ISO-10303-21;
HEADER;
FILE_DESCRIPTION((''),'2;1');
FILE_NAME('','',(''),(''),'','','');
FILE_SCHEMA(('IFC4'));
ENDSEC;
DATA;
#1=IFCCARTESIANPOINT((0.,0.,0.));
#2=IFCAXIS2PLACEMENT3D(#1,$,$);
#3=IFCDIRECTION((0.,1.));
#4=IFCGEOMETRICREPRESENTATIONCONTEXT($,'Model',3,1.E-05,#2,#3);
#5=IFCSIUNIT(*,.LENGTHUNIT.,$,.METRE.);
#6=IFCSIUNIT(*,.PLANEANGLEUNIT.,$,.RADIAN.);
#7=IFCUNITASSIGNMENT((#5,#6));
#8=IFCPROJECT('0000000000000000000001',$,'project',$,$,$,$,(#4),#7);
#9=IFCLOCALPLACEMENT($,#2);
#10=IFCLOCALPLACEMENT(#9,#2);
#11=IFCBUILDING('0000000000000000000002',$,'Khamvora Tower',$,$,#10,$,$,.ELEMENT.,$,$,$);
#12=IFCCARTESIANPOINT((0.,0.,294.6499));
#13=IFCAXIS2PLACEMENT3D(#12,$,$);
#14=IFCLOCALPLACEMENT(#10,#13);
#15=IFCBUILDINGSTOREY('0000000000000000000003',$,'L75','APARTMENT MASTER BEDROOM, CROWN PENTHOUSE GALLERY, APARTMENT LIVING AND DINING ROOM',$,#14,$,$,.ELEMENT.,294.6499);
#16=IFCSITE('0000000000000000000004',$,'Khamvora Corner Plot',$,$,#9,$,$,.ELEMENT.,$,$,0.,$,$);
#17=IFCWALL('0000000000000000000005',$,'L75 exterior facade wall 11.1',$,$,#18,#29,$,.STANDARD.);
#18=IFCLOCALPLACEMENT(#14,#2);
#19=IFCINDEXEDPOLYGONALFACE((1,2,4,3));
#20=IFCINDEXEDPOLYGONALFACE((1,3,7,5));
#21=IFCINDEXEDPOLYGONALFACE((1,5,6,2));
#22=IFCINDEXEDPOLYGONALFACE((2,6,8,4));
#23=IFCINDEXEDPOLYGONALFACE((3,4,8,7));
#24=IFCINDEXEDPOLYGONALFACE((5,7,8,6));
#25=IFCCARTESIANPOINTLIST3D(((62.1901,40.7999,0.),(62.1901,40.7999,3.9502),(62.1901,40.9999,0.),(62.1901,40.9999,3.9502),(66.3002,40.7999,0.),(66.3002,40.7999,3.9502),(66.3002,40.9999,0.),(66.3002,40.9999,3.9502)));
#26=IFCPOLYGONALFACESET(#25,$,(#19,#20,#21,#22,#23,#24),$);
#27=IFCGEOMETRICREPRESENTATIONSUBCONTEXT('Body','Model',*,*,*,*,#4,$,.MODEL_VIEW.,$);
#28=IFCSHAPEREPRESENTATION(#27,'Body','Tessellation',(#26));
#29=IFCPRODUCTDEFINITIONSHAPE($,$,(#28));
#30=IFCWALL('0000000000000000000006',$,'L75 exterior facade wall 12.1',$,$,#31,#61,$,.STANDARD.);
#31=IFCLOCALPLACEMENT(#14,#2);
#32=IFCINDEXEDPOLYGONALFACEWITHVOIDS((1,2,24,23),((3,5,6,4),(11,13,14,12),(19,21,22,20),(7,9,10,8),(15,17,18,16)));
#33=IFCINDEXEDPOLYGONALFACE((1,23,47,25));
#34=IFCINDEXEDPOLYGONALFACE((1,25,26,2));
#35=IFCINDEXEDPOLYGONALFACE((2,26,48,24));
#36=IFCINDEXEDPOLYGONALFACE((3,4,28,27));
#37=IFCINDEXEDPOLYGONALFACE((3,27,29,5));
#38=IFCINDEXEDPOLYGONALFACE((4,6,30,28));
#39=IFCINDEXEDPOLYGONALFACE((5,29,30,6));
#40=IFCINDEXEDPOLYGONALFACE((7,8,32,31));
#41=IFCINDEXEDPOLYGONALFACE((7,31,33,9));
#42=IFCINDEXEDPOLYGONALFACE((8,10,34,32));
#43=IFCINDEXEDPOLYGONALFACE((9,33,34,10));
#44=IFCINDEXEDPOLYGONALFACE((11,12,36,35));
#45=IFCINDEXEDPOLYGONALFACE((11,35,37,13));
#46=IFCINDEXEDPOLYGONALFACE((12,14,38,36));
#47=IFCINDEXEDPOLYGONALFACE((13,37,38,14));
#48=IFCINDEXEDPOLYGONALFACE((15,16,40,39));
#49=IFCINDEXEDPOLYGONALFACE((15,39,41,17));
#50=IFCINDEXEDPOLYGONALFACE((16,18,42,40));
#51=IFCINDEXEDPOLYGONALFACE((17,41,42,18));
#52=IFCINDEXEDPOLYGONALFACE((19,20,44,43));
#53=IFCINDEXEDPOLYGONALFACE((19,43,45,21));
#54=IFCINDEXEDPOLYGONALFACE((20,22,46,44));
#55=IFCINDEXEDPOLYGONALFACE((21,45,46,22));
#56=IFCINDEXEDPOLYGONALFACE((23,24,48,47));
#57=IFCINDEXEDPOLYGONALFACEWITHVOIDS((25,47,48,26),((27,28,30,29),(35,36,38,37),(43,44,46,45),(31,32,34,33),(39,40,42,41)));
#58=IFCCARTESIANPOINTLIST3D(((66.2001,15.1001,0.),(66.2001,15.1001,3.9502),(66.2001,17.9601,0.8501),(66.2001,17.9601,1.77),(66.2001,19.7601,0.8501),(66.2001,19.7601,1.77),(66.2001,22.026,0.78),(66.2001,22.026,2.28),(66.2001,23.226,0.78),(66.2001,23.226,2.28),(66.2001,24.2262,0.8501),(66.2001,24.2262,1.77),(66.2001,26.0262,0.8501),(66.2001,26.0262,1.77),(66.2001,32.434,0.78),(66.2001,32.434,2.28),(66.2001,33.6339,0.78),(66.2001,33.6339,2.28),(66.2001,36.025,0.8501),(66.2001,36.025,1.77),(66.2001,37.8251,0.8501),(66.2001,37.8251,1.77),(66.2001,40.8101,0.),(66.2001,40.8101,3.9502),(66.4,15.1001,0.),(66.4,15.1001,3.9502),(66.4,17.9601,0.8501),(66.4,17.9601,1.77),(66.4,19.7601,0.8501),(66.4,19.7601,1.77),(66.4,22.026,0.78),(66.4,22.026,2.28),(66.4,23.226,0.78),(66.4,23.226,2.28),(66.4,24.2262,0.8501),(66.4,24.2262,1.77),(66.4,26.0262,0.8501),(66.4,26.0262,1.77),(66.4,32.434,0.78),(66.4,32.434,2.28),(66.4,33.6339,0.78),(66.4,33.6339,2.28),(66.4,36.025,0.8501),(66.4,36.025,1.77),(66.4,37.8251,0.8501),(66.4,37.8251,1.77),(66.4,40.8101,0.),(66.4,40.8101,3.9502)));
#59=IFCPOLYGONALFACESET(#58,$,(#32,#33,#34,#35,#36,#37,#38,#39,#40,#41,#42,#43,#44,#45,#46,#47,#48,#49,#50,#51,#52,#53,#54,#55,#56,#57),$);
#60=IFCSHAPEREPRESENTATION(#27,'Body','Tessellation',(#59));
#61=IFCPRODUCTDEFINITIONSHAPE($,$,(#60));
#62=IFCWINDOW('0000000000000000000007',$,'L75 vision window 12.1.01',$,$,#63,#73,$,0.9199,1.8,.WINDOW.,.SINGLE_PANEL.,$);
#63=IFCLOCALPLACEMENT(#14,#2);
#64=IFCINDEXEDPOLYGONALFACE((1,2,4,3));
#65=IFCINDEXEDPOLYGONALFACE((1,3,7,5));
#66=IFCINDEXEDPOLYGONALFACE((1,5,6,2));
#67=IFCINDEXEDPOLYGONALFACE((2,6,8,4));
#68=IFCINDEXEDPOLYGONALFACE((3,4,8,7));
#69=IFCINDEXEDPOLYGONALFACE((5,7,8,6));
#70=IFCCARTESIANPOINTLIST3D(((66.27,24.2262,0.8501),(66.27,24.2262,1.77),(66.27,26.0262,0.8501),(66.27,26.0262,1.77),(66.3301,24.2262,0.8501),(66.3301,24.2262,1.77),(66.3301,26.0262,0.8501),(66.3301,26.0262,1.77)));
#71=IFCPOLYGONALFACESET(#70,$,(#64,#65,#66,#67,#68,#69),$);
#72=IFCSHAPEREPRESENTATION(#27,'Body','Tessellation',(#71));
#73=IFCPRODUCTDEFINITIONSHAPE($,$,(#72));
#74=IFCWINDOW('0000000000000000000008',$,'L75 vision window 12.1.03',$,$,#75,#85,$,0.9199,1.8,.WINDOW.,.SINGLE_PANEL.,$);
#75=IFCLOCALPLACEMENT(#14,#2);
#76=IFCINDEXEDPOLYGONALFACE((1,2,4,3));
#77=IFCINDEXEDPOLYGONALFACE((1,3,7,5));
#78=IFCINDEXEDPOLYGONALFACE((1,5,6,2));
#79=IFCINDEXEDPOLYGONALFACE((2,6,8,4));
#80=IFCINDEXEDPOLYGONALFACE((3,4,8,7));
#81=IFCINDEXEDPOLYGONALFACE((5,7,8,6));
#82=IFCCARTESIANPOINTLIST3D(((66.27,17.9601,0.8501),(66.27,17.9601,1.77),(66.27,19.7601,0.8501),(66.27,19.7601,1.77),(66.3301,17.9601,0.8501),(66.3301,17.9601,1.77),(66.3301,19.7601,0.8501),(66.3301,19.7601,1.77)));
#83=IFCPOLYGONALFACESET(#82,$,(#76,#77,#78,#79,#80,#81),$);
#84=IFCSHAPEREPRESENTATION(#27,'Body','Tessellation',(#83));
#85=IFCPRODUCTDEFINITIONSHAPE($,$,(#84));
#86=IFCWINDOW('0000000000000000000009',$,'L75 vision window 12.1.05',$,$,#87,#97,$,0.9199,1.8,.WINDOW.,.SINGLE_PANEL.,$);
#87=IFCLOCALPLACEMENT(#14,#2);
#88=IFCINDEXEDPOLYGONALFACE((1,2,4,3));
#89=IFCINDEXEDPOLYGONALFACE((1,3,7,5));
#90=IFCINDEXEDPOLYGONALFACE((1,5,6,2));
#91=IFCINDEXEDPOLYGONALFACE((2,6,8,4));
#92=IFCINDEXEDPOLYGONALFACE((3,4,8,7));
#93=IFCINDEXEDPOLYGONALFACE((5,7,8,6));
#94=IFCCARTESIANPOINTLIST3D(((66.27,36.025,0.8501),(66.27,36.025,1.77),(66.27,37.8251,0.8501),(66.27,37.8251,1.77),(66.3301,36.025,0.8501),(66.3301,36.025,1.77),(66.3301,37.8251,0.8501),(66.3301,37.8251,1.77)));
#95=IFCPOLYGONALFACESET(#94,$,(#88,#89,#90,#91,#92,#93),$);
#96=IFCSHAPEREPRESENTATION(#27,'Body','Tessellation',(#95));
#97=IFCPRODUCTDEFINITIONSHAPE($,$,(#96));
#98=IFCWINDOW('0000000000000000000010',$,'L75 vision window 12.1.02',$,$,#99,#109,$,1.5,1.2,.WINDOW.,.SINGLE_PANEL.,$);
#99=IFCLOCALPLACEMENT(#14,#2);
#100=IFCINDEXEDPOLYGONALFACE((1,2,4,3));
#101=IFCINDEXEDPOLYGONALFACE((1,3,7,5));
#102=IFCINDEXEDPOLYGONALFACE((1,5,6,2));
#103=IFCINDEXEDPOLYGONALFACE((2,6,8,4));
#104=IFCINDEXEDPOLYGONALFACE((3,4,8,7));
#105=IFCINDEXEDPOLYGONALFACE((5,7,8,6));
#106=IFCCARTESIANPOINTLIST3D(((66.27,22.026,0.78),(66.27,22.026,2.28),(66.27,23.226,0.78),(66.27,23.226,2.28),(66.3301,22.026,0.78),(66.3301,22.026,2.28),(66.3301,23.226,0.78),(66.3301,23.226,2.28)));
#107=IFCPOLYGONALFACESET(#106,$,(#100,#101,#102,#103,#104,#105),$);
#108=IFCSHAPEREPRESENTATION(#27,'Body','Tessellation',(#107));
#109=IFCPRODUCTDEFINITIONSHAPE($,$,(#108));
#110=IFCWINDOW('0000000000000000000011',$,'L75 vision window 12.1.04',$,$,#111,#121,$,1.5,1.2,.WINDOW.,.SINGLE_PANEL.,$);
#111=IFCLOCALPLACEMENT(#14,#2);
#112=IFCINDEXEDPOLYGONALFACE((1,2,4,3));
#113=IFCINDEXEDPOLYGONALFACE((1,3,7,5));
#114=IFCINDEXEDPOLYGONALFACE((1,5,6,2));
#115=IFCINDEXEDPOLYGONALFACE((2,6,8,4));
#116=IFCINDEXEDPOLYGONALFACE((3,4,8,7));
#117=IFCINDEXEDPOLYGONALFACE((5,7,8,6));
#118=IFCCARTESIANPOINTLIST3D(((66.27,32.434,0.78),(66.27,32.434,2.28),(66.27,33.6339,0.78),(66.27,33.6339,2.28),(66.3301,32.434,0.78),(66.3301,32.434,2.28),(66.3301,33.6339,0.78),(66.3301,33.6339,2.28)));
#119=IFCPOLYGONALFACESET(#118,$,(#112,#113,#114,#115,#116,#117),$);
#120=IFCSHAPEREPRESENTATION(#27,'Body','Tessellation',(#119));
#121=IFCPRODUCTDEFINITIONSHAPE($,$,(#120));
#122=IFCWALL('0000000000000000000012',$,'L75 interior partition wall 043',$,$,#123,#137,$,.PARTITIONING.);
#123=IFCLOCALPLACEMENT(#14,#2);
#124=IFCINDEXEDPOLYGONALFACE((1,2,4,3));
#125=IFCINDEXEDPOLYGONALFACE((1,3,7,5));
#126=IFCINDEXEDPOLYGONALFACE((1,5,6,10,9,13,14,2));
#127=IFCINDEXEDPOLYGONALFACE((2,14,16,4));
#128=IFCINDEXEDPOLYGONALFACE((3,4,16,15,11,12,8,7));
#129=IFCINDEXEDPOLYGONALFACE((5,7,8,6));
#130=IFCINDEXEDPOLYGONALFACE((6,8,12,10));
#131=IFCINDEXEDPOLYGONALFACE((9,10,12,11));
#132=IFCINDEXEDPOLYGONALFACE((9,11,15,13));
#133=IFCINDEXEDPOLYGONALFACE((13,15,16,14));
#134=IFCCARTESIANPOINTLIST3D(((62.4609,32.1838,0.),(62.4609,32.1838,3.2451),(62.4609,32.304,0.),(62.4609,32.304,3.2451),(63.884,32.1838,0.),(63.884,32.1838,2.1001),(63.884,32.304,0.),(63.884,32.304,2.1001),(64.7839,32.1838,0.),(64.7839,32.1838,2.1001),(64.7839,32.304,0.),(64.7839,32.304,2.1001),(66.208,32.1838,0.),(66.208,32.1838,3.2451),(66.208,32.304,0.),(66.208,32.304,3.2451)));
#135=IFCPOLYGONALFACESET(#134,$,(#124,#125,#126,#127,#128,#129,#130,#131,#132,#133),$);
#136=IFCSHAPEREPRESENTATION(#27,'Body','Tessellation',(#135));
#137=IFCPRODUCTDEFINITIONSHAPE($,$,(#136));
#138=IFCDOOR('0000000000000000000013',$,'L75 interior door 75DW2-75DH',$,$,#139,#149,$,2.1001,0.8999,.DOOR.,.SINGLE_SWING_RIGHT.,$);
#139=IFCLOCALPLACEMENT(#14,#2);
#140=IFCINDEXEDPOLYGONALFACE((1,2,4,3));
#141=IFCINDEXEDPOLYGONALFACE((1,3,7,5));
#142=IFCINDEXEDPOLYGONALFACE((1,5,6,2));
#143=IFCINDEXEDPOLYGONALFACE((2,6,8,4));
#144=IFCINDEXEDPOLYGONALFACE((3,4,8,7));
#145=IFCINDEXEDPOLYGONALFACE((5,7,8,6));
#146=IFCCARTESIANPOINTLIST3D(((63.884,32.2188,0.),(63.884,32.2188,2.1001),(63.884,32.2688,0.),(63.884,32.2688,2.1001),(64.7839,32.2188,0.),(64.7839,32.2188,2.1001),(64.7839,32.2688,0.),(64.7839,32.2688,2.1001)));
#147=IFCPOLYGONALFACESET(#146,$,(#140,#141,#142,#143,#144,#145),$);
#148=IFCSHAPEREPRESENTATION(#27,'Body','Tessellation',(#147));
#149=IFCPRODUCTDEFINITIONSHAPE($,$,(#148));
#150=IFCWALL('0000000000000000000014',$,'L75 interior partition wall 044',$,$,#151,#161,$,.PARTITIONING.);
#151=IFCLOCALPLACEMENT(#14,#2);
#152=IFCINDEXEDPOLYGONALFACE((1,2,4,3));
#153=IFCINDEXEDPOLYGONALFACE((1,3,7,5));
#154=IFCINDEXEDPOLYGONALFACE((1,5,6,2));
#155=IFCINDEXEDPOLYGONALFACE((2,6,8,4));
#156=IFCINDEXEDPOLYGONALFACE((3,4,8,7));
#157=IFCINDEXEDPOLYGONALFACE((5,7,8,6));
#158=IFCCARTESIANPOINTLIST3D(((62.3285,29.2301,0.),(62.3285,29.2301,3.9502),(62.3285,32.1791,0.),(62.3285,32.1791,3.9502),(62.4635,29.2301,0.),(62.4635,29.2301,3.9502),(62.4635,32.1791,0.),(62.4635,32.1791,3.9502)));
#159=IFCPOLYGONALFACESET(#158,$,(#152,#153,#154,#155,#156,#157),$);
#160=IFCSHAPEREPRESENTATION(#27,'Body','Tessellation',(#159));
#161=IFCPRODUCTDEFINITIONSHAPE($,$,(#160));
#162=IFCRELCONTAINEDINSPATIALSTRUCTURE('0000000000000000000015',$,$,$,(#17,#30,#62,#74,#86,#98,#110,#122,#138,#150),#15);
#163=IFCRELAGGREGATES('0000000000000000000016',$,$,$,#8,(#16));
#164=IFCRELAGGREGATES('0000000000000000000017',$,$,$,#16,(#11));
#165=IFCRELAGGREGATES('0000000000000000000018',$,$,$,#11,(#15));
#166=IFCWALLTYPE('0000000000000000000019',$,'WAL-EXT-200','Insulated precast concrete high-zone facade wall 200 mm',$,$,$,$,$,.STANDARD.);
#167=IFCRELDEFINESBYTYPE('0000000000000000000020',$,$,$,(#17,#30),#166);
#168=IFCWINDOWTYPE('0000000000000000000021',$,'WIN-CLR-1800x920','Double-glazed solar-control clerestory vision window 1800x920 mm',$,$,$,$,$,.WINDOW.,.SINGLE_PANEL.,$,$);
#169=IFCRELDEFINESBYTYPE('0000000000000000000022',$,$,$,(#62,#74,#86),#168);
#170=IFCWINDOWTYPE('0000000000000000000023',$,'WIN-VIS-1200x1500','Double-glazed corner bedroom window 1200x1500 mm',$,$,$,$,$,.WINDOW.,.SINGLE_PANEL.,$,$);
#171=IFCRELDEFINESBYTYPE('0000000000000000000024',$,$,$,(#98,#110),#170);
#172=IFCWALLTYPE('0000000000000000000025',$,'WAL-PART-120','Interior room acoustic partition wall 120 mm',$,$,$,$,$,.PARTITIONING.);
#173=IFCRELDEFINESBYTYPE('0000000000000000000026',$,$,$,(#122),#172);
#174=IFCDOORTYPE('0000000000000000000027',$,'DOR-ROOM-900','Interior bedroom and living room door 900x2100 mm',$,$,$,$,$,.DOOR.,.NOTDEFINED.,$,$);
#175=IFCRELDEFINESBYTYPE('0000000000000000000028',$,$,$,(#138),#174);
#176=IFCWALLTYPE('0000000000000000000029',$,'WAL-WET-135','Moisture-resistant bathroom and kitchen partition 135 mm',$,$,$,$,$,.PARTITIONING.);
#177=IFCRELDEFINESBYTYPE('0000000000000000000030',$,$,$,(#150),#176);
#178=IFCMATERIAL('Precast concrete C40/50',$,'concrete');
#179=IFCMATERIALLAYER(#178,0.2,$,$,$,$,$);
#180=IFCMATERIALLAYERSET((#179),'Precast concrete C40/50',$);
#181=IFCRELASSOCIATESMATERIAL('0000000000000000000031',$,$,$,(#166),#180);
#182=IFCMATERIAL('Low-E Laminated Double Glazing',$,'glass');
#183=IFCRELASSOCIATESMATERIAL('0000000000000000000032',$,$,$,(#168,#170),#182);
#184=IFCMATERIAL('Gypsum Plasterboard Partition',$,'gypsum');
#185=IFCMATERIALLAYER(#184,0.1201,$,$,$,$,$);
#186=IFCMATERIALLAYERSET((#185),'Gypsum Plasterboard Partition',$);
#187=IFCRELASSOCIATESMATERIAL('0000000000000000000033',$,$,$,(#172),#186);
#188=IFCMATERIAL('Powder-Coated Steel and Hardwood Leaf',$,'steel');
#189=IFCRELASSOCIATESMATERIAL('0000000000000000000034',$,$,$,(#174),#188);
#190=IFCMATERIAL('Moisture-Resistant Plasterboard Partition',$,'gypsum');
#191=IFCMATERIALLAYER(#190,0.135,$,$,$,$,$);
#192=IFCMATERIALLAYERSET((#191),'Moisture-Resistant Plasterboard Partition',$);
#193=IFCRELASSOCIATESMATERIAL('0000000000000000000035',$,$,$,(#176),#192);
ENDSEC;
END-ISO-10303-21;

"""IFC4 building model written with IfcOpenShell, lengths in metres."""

from ifc_helpers import new_model, si_unit, direction, frame, frame_2d, origin, place, context, subcontext, project, spatial, rectangle, extrude, material, layer, layer_set, type_object, element, fill, save


model = new_model("IFC4")

# Units and contexts
model_context = context("Model", 3, precision=1e-05, world=origin(), true_north=direction((0.0, 1.0)))
body_context = subcontext(model_context, "Body", "Model", "MODEL_VIEW")
ifc_project = project(units=[si_unit("LENGTHUNIT", "METRE"), si_unit("PLANEANGLEUNIT", "RADIAN")], contexts=[model_context])

# Site, building, storey
site_placement = place(None, origin())
site = spatial("IfcSite", under=ifc_project, at=site_placement, Name="Khamvora Corner Plot", CompositionType="ELEMENT", RefElevation=0.0)
building_placement = place(site_placement, origin())
building = spatial("IfcBuilding", under=site, at=building_placement, Name="Khamvora Tower", CompositionType="ELEMENT")
storey_placement = place(building_placement, frame((0.0, 0.0, 294.6499)))
storey = spatial("IfcBuildingStorey", under=building, at=storey_placement, Name="L75", Description="APARTMENT MASTER BEDROOM, CROWN PENTHOUSE GALLERY, APARTMENT LIVING AND DINING ROOM", CompositionType="ELEMENT", Elevation=294.6499)

# Wall
ifc_material_1 = material(Name="Precast concrete C40/50", Category="concrete")
ifc_layer_1 = layer(ifc_material_1, 0.2)
ifc_layer_set_1 = layer_set([ifc_layer_1], Name="Precast concrete C40/50")
wall_type_1 = type_object("IfcWallType", Name="WAL-EXT-200", Description="Insulated precast concrete high-zone facade wall 200 mm", PredefinedType="STANDARD", material=ifc_layer_set_1)
wall_1_placement = place(storey_placement, frame((62.1899, 40.8999, 0.0), z_axis=(0.0, 0.0, 1.0), x_axis=(1.0, 0.0, 0.0)))
element("IfcWall", 1, at=wall_1_placement, inside=storey, type_object=wall_type_1, Name="L75 exterior facade wall 11.1", PredefinedType="STANDARD", context=body_context, shape_type="SweptSolid", body=[
    extrude(rectangle(XDim=4.1101, YDim=0.2, at=frame_2d((2.0552, 0.0))), origin(), (0.0, 0.0, 1.0), 3.9502),
])

# Wall, openings, windows
wall_2_placement = place(storey_placement, frame((66.3, 40.8101, 0.0), z_axis=(0.0, 0.0, 1.0), x_axis=(0.0, -1.0, 0.0)))
wall_2 = element("IfcWall", 2, at=wall_2_placement, inside=storey, type_object=wall_type_1, Name="L75 exterior facade wall 12.1", PredefinedType="STANDARD", context=body_context, shape_type="SweptSolid", body=[
    extrude(rectangle(XDim=25.71, YDim=0.2, at=frame_2d((12.855, 0.0))), origin(), (0.0, 0.0, 1.0), 3.9502),
])
opening_1_placement = place(wall_2_placement, frame((14.7839, 0.0, 0.8501)))
opening_1 = element("IfcOpeningElement", 3, at=opening_1_placement, cuts=wall_2, PredefinedType="OPENING", context=body_context, shape_type="SweptSolid", body=[
    extrude(rectangle(XDim=1.8, YDim=0.9199, at=frame_2d((0.8999, 0.46))), frame((0.0, 0.1099, 0.0), z_axis=(0.0, -1.0, 0.0), x_axis=(1.0, 0.0, 0.0)), (0.0, 0.0, 1.0), 0.22),
])
opening_2_placement = place(wall_2_placement, frame((17.584, 0.0, 0.78)))
opening_2 = element("IfcOpeningElement", 4, at=opening_2_placement, cuts=wall_2, PredefinedType="OPENING", context=body_context, shape_type="SweptSolid", body=[
    extrude(rectangle(XDim=1.2, YDim=1.5, at=frame_2d((0.6001, 0.75))), frame((0.0, 0.1099, 0.0), z_axis=(0.0, -1.0, 0.0), x_axis=(1.0, 0.0, 0.0)), (0.0, 0.0, 1.0), 0.22),
])
opening_3_placement = place(wall_2_placement, frame((21.05, 0.0, 0.8501)))
opening_3 = element("IfcOpeningElement", 5, at=opening_3_placement, cuts=wall_2, PredefinedType="OPENING", context=body_context, shape_type="SweptSolid", body=[
    extrude(rectangle(XDim=1.8, YDim=0.9199, at=frame_2d((0.8999, 0.46))), frame((0.0, 0.1099, 0.0), z_axis=(0.0, -1.0, 0.0), x_axis=(1.0, 0.0, 0.0)), (0.0, 0.0, 1.0), 0.22),
])
opening_4_placement = place(wall_2_placement, frame((7.176, 0.0, 0.78)))
opening_4 = element("IfcOpeningElement", 6, at=opening_4_placement, cuts=wall_2, PredefinedType="OPENING", context=body_context, shape_type="SweptSolid", body=[
    extrude(rectangle(XDim=1.2, YDim=1.5, at=frame_2d((0.6001, 0.75))), frame((0.0, 0.1099, 0.0), z_axis=(0.0, -1.0, 0.0), x_axis=(1.0, 0.0, 0.0)), (0.0, 0.0, 1.0), 0.22),
])
opening_5_placement = place(wall_2_placement, frame((2.9851, 0.0, 0.8501)))
opening_5 = element("IfcOpeningElement", 7, at=opening_5_placement, cuts=wall_2, PredefinedType="OPENING", context=body_context, shape_type="SweptSolid", body=[
    extrude(rectangle(XDim=1.8, YDim=0.9199, at=frame_2d((0.8999, 0.46))), frame((0.0, 0.1099, 0.0), z_axis=(0.0, -1.0, 0.0), x_axis=(1.0, 0.0, 0.0)), (0.0, 0.0, 1.0), 0.22),
])
ifc_material_2 = material(Name="Low-E Laminated Double Glazing", Category="glass")
window_type_1 = type_object("IfcWindowType", Name="WIN-CLR-1800x920", Description="Double-glazed solar-control clerestory vision window 1800x920 mm", PartitioningType="SINGLE_PANEL", PredefinedType="WINDOW", material=ifc_material_2)
window_1_placement = place(opening_1_placement, origin())
window_1 = element("IfcWindow", 8, at=window_1_placement, inside=storey, type_object=window_type_1, Name="L75 vision window 12.1.01", OverallHeight=0.9199, OverallWidth=1.8, PartitioningType="SINGLE_PANEL", PredefinedType="WINDOW", context=body_context, shape_type="SweptSolid", body=[
    extrude(rectangle(XDim=1.8, YDim=0.9199, at=frame_2d((0.8999, 0.46))), frame((0.0, 0.03, 0.0), z_axis=(0.0, -1.0, 0.0), x_axis=(1.0, 0.0, 0.0)), (0.0, 0.0, 1.0), 0.0601),
])
fill(opening_1, window_1)
window_2_placement = place(opening_3_placement, origin())
window_2 = element("IfcWindow", 9, at=window_2_placement, inside=storey, type_object=window_type_1, Name="L75 vision window 12.1.03", OverallHeight=0.9199, OverallWidth=1.8, PartitioningType="SINGLE_PANEL", PredefinedType="WINDOW", context=body_context, shape_type="SweptSolid", body=[
    extrude(rectangle(XDim=1.8, YDim=0.9199, at=frame_2d((0.8999, 0.46))), frame((0.0, 0.03, 0.0), z_axis=(0.0, -1.0, 0.0), x_axis=(1.0, 0.0, 0.0)), (0.0, 0.0, 1.0), 0.0601),
])
fill(opening_3, window_2)
window_3_placement = place(opening_5_placement, origin())
window_3 = element("IfcWindow", 10, at=window_3_placement, inside=storey, type_object=window_type_1, Name="L75 vision window 12.1.05", OverallHeight=0.9199, OverallWidth=1.8, PartitioningType="SINGLE_PANEL", PredefinedType="WINDOW", context=body_context, shape_type="SweptSolid", body=[
    extrude(rectangle(XDim=1.8, YDim=0.9199, at=frame_2d((0.8999, 0.46))), frame((0.0, 0.03, 0.0), z_axis=(0.0, -1.0, 0.0), x_axis=(1.0, 0.0, 0.0)), (0.0, 0.0, 1.0), 0.0601),
])
fill(opening_5, window_3)
window_type_2 = type_object("IfcWindowType", Name="WIN-VIS-1200x1500", Description="Double-glazed corner bedroom window 1200x1500 mm", PartitioningType="SINGLE_PANEL", PredefinedType="WINDOW", material=ifc_material_2)
window_4_placement = place(opening_2_placement, origin())
window_4 = element("IfcWindow", 11, at=window_4_placement, inside=storey, type_object=window_type_2, Name="L75 vision window 12.1.02", OverallHeight=1.5, OverallWidth=1.2, PartitioningType="SINGLE_PANEL", PredefinedType="WINDOW", context=body_context, shape_type="SweptSolid", body=[
    extrude(rectangle(XDim=1.2, YDim=1.5, at=frame_2d((0.6001, 0.75))), frame((0.0, 0.03, 0.0), z_axis=(0.0, -1.0, 0.0), x_axis=(1.0, 0.0, 0.0)), (0.0, 0.0, 1.0), 0.0601),
])
fill(opening_2, window_4)
window_5_placement = place(opening_4_placement, origin())
window_5 = element("IfcWindow", 12, at=window_5_placement, inside=storey, type_object=window_type_2, Name="L75 vision window 12.1.04", OverallHeight=1.5, OverallWidth=1.2, PartitioningType="SINGLE_PANEL", PredefinedType="WINDOW", context=body_context, shape_type="SweptSolid", body=[
    extrude(rectangle(XDim=1.2, YDim=1.5, at=frame_2d((0.6001, 0.75))), frame((0.0, 0.03, 0.0), z_axis=(0.0, -1.0, 0.0), x_axis=(1.0, 0.0, 0.0)), (0.0, 0.0, 1.0), 0.0601),
])
fill(opening_4, window_5)

# Wall, opening, door
ifc_material_3 = material(Name="Gypsum Plasterboard Partition", Category="gypsum")
ifc_layer_2 = layer(ifc_material_3, 0.1201)
ifc_layer_set_2 = layer_set([ifc_layer_2], Name="Gypsum Plasterboard Partition")
wall_type_2 = type_object("IfcWallType", Name="WAL-PART-120", Description="Interior room acoustic partition wall 120 mm", PredefinedType="PARTITIONING", material=ifc_layer_set_2)
wall_3_placement = place(storey_placement, frame((62.4609, 32.2439, 0.0), z_axis=(0.0, 0.0, 1.0), x_axis=(1.0, 0.0, 0.0)))
wall_3 = element("IfcWall", 13, at=wall_3_placement, inside=storey, type_object=wall_type_2, Name="L75 interior partition wall 043", PredefinedType="PARTITIONING", context=body_context, shape_type="SweptSolid", body=[
    extrude(rectangle(XDim=3.7471, YDim=0.1201, at=frame_2d((1.8735, 0.0))), origin(), (0.0, 0.0, 1.0), 3.2451),
])
opening_6_placement = place(wall_3_placement, frame((1.4231, 0.0, 0.0)))
opening_6 = element("IfcOpeningElement", 14, at=opening_6_placement, cuts=wall_3, PredefinedType="OPENING", context=body_context, shape_type="SweptSolid", body=[
    extrude(rectangle(XDim=0.8999, YDim=2.1001, at=frame_2d((0.45, 1.05))), frame((0.0, 0.0701, 0.0), z_axis=(0.0, -1.0, 0.0), x_axis=(1.0, 0.0, 0.0)), (0.0, 0.0, 1.0), 0.1401),
])
ifc_material_4 = material(Name="Powder-Coated Steel and Hardwood Leaf", Category="steel")
door_type_1 = type_object("IfcDoorType", Name="DOR-ROOM-900", Description="Interior bedroom and living room door 900x2100 mm", OperationType="NOTDEFINED", PredefinedType="DOOR", material=ifc_material_4)
door_1_placement = place(opening_6_placement, origin())
door_1 = element("IfcDoor", 15, at=door_1_placement, inside=storey, type_object=door_type_1, Name="L75 interior door 75DW2-75DH", OperationType="SINGLE_SWING_RIGHT", OverallHeight=2.1001, OverallWidth=0.8999, PredefinedType="DOOR", context=body_context, shape_type="SweptSolid", body=[
    extrude(rectangle(XDim=0.8999, YDim=2.1001, at=frame_2d((0.45, 1.05))), frame((0.0, 0.0249, 0.0), z_axis=(0.0, -1.0, 0.0), x_axis=(1.0, 0.0, 0.0)), (0.0, 0.0, 1.0), 0.05),
])
fill(opening_6, door_1)

# Wall
ifc_material_5 = material(Name="Moisture-Resistant Plasterboard Partition", Category="gypsum")
ifc_layer_3 = layer(ifc_material_5, 0.135)
ifc_layer_set_3 = layer_set([ifc_layer_3], Name="Moisture-Resistant Plasterboard Partition")
wall_type_3 = type_object("IfcWallType", Name="WAL-WET-135", Description="Moisture-resistant bathroom and kitchen partition 135 mm", PredefinedType="PARTITIONING", material=ifc_layer_set_3)
wall_4_placement = place(storey_placement, frame((62.396, 29.23, 0.0), z_axis=(0.0, 0.0, 1.0), x_axis=(0.0, 1.0, 0.0)))
element("IfcWall", 16, at=wall_4_placement, inside=storey, type_object=wall_type_3, Name="L75 interior partition wall 044", PredefinedType="PARTITIONING", context=body_context, shape_type="SweptSolid", body=[
    extrude(rectangle(XDim=2.949, YDim=0.135, at=frame_2d((1.4746, 0.0))), origin(), (0.0, 0.0, 1.0), 3.9502),
])

save(model, "model.ifc")
